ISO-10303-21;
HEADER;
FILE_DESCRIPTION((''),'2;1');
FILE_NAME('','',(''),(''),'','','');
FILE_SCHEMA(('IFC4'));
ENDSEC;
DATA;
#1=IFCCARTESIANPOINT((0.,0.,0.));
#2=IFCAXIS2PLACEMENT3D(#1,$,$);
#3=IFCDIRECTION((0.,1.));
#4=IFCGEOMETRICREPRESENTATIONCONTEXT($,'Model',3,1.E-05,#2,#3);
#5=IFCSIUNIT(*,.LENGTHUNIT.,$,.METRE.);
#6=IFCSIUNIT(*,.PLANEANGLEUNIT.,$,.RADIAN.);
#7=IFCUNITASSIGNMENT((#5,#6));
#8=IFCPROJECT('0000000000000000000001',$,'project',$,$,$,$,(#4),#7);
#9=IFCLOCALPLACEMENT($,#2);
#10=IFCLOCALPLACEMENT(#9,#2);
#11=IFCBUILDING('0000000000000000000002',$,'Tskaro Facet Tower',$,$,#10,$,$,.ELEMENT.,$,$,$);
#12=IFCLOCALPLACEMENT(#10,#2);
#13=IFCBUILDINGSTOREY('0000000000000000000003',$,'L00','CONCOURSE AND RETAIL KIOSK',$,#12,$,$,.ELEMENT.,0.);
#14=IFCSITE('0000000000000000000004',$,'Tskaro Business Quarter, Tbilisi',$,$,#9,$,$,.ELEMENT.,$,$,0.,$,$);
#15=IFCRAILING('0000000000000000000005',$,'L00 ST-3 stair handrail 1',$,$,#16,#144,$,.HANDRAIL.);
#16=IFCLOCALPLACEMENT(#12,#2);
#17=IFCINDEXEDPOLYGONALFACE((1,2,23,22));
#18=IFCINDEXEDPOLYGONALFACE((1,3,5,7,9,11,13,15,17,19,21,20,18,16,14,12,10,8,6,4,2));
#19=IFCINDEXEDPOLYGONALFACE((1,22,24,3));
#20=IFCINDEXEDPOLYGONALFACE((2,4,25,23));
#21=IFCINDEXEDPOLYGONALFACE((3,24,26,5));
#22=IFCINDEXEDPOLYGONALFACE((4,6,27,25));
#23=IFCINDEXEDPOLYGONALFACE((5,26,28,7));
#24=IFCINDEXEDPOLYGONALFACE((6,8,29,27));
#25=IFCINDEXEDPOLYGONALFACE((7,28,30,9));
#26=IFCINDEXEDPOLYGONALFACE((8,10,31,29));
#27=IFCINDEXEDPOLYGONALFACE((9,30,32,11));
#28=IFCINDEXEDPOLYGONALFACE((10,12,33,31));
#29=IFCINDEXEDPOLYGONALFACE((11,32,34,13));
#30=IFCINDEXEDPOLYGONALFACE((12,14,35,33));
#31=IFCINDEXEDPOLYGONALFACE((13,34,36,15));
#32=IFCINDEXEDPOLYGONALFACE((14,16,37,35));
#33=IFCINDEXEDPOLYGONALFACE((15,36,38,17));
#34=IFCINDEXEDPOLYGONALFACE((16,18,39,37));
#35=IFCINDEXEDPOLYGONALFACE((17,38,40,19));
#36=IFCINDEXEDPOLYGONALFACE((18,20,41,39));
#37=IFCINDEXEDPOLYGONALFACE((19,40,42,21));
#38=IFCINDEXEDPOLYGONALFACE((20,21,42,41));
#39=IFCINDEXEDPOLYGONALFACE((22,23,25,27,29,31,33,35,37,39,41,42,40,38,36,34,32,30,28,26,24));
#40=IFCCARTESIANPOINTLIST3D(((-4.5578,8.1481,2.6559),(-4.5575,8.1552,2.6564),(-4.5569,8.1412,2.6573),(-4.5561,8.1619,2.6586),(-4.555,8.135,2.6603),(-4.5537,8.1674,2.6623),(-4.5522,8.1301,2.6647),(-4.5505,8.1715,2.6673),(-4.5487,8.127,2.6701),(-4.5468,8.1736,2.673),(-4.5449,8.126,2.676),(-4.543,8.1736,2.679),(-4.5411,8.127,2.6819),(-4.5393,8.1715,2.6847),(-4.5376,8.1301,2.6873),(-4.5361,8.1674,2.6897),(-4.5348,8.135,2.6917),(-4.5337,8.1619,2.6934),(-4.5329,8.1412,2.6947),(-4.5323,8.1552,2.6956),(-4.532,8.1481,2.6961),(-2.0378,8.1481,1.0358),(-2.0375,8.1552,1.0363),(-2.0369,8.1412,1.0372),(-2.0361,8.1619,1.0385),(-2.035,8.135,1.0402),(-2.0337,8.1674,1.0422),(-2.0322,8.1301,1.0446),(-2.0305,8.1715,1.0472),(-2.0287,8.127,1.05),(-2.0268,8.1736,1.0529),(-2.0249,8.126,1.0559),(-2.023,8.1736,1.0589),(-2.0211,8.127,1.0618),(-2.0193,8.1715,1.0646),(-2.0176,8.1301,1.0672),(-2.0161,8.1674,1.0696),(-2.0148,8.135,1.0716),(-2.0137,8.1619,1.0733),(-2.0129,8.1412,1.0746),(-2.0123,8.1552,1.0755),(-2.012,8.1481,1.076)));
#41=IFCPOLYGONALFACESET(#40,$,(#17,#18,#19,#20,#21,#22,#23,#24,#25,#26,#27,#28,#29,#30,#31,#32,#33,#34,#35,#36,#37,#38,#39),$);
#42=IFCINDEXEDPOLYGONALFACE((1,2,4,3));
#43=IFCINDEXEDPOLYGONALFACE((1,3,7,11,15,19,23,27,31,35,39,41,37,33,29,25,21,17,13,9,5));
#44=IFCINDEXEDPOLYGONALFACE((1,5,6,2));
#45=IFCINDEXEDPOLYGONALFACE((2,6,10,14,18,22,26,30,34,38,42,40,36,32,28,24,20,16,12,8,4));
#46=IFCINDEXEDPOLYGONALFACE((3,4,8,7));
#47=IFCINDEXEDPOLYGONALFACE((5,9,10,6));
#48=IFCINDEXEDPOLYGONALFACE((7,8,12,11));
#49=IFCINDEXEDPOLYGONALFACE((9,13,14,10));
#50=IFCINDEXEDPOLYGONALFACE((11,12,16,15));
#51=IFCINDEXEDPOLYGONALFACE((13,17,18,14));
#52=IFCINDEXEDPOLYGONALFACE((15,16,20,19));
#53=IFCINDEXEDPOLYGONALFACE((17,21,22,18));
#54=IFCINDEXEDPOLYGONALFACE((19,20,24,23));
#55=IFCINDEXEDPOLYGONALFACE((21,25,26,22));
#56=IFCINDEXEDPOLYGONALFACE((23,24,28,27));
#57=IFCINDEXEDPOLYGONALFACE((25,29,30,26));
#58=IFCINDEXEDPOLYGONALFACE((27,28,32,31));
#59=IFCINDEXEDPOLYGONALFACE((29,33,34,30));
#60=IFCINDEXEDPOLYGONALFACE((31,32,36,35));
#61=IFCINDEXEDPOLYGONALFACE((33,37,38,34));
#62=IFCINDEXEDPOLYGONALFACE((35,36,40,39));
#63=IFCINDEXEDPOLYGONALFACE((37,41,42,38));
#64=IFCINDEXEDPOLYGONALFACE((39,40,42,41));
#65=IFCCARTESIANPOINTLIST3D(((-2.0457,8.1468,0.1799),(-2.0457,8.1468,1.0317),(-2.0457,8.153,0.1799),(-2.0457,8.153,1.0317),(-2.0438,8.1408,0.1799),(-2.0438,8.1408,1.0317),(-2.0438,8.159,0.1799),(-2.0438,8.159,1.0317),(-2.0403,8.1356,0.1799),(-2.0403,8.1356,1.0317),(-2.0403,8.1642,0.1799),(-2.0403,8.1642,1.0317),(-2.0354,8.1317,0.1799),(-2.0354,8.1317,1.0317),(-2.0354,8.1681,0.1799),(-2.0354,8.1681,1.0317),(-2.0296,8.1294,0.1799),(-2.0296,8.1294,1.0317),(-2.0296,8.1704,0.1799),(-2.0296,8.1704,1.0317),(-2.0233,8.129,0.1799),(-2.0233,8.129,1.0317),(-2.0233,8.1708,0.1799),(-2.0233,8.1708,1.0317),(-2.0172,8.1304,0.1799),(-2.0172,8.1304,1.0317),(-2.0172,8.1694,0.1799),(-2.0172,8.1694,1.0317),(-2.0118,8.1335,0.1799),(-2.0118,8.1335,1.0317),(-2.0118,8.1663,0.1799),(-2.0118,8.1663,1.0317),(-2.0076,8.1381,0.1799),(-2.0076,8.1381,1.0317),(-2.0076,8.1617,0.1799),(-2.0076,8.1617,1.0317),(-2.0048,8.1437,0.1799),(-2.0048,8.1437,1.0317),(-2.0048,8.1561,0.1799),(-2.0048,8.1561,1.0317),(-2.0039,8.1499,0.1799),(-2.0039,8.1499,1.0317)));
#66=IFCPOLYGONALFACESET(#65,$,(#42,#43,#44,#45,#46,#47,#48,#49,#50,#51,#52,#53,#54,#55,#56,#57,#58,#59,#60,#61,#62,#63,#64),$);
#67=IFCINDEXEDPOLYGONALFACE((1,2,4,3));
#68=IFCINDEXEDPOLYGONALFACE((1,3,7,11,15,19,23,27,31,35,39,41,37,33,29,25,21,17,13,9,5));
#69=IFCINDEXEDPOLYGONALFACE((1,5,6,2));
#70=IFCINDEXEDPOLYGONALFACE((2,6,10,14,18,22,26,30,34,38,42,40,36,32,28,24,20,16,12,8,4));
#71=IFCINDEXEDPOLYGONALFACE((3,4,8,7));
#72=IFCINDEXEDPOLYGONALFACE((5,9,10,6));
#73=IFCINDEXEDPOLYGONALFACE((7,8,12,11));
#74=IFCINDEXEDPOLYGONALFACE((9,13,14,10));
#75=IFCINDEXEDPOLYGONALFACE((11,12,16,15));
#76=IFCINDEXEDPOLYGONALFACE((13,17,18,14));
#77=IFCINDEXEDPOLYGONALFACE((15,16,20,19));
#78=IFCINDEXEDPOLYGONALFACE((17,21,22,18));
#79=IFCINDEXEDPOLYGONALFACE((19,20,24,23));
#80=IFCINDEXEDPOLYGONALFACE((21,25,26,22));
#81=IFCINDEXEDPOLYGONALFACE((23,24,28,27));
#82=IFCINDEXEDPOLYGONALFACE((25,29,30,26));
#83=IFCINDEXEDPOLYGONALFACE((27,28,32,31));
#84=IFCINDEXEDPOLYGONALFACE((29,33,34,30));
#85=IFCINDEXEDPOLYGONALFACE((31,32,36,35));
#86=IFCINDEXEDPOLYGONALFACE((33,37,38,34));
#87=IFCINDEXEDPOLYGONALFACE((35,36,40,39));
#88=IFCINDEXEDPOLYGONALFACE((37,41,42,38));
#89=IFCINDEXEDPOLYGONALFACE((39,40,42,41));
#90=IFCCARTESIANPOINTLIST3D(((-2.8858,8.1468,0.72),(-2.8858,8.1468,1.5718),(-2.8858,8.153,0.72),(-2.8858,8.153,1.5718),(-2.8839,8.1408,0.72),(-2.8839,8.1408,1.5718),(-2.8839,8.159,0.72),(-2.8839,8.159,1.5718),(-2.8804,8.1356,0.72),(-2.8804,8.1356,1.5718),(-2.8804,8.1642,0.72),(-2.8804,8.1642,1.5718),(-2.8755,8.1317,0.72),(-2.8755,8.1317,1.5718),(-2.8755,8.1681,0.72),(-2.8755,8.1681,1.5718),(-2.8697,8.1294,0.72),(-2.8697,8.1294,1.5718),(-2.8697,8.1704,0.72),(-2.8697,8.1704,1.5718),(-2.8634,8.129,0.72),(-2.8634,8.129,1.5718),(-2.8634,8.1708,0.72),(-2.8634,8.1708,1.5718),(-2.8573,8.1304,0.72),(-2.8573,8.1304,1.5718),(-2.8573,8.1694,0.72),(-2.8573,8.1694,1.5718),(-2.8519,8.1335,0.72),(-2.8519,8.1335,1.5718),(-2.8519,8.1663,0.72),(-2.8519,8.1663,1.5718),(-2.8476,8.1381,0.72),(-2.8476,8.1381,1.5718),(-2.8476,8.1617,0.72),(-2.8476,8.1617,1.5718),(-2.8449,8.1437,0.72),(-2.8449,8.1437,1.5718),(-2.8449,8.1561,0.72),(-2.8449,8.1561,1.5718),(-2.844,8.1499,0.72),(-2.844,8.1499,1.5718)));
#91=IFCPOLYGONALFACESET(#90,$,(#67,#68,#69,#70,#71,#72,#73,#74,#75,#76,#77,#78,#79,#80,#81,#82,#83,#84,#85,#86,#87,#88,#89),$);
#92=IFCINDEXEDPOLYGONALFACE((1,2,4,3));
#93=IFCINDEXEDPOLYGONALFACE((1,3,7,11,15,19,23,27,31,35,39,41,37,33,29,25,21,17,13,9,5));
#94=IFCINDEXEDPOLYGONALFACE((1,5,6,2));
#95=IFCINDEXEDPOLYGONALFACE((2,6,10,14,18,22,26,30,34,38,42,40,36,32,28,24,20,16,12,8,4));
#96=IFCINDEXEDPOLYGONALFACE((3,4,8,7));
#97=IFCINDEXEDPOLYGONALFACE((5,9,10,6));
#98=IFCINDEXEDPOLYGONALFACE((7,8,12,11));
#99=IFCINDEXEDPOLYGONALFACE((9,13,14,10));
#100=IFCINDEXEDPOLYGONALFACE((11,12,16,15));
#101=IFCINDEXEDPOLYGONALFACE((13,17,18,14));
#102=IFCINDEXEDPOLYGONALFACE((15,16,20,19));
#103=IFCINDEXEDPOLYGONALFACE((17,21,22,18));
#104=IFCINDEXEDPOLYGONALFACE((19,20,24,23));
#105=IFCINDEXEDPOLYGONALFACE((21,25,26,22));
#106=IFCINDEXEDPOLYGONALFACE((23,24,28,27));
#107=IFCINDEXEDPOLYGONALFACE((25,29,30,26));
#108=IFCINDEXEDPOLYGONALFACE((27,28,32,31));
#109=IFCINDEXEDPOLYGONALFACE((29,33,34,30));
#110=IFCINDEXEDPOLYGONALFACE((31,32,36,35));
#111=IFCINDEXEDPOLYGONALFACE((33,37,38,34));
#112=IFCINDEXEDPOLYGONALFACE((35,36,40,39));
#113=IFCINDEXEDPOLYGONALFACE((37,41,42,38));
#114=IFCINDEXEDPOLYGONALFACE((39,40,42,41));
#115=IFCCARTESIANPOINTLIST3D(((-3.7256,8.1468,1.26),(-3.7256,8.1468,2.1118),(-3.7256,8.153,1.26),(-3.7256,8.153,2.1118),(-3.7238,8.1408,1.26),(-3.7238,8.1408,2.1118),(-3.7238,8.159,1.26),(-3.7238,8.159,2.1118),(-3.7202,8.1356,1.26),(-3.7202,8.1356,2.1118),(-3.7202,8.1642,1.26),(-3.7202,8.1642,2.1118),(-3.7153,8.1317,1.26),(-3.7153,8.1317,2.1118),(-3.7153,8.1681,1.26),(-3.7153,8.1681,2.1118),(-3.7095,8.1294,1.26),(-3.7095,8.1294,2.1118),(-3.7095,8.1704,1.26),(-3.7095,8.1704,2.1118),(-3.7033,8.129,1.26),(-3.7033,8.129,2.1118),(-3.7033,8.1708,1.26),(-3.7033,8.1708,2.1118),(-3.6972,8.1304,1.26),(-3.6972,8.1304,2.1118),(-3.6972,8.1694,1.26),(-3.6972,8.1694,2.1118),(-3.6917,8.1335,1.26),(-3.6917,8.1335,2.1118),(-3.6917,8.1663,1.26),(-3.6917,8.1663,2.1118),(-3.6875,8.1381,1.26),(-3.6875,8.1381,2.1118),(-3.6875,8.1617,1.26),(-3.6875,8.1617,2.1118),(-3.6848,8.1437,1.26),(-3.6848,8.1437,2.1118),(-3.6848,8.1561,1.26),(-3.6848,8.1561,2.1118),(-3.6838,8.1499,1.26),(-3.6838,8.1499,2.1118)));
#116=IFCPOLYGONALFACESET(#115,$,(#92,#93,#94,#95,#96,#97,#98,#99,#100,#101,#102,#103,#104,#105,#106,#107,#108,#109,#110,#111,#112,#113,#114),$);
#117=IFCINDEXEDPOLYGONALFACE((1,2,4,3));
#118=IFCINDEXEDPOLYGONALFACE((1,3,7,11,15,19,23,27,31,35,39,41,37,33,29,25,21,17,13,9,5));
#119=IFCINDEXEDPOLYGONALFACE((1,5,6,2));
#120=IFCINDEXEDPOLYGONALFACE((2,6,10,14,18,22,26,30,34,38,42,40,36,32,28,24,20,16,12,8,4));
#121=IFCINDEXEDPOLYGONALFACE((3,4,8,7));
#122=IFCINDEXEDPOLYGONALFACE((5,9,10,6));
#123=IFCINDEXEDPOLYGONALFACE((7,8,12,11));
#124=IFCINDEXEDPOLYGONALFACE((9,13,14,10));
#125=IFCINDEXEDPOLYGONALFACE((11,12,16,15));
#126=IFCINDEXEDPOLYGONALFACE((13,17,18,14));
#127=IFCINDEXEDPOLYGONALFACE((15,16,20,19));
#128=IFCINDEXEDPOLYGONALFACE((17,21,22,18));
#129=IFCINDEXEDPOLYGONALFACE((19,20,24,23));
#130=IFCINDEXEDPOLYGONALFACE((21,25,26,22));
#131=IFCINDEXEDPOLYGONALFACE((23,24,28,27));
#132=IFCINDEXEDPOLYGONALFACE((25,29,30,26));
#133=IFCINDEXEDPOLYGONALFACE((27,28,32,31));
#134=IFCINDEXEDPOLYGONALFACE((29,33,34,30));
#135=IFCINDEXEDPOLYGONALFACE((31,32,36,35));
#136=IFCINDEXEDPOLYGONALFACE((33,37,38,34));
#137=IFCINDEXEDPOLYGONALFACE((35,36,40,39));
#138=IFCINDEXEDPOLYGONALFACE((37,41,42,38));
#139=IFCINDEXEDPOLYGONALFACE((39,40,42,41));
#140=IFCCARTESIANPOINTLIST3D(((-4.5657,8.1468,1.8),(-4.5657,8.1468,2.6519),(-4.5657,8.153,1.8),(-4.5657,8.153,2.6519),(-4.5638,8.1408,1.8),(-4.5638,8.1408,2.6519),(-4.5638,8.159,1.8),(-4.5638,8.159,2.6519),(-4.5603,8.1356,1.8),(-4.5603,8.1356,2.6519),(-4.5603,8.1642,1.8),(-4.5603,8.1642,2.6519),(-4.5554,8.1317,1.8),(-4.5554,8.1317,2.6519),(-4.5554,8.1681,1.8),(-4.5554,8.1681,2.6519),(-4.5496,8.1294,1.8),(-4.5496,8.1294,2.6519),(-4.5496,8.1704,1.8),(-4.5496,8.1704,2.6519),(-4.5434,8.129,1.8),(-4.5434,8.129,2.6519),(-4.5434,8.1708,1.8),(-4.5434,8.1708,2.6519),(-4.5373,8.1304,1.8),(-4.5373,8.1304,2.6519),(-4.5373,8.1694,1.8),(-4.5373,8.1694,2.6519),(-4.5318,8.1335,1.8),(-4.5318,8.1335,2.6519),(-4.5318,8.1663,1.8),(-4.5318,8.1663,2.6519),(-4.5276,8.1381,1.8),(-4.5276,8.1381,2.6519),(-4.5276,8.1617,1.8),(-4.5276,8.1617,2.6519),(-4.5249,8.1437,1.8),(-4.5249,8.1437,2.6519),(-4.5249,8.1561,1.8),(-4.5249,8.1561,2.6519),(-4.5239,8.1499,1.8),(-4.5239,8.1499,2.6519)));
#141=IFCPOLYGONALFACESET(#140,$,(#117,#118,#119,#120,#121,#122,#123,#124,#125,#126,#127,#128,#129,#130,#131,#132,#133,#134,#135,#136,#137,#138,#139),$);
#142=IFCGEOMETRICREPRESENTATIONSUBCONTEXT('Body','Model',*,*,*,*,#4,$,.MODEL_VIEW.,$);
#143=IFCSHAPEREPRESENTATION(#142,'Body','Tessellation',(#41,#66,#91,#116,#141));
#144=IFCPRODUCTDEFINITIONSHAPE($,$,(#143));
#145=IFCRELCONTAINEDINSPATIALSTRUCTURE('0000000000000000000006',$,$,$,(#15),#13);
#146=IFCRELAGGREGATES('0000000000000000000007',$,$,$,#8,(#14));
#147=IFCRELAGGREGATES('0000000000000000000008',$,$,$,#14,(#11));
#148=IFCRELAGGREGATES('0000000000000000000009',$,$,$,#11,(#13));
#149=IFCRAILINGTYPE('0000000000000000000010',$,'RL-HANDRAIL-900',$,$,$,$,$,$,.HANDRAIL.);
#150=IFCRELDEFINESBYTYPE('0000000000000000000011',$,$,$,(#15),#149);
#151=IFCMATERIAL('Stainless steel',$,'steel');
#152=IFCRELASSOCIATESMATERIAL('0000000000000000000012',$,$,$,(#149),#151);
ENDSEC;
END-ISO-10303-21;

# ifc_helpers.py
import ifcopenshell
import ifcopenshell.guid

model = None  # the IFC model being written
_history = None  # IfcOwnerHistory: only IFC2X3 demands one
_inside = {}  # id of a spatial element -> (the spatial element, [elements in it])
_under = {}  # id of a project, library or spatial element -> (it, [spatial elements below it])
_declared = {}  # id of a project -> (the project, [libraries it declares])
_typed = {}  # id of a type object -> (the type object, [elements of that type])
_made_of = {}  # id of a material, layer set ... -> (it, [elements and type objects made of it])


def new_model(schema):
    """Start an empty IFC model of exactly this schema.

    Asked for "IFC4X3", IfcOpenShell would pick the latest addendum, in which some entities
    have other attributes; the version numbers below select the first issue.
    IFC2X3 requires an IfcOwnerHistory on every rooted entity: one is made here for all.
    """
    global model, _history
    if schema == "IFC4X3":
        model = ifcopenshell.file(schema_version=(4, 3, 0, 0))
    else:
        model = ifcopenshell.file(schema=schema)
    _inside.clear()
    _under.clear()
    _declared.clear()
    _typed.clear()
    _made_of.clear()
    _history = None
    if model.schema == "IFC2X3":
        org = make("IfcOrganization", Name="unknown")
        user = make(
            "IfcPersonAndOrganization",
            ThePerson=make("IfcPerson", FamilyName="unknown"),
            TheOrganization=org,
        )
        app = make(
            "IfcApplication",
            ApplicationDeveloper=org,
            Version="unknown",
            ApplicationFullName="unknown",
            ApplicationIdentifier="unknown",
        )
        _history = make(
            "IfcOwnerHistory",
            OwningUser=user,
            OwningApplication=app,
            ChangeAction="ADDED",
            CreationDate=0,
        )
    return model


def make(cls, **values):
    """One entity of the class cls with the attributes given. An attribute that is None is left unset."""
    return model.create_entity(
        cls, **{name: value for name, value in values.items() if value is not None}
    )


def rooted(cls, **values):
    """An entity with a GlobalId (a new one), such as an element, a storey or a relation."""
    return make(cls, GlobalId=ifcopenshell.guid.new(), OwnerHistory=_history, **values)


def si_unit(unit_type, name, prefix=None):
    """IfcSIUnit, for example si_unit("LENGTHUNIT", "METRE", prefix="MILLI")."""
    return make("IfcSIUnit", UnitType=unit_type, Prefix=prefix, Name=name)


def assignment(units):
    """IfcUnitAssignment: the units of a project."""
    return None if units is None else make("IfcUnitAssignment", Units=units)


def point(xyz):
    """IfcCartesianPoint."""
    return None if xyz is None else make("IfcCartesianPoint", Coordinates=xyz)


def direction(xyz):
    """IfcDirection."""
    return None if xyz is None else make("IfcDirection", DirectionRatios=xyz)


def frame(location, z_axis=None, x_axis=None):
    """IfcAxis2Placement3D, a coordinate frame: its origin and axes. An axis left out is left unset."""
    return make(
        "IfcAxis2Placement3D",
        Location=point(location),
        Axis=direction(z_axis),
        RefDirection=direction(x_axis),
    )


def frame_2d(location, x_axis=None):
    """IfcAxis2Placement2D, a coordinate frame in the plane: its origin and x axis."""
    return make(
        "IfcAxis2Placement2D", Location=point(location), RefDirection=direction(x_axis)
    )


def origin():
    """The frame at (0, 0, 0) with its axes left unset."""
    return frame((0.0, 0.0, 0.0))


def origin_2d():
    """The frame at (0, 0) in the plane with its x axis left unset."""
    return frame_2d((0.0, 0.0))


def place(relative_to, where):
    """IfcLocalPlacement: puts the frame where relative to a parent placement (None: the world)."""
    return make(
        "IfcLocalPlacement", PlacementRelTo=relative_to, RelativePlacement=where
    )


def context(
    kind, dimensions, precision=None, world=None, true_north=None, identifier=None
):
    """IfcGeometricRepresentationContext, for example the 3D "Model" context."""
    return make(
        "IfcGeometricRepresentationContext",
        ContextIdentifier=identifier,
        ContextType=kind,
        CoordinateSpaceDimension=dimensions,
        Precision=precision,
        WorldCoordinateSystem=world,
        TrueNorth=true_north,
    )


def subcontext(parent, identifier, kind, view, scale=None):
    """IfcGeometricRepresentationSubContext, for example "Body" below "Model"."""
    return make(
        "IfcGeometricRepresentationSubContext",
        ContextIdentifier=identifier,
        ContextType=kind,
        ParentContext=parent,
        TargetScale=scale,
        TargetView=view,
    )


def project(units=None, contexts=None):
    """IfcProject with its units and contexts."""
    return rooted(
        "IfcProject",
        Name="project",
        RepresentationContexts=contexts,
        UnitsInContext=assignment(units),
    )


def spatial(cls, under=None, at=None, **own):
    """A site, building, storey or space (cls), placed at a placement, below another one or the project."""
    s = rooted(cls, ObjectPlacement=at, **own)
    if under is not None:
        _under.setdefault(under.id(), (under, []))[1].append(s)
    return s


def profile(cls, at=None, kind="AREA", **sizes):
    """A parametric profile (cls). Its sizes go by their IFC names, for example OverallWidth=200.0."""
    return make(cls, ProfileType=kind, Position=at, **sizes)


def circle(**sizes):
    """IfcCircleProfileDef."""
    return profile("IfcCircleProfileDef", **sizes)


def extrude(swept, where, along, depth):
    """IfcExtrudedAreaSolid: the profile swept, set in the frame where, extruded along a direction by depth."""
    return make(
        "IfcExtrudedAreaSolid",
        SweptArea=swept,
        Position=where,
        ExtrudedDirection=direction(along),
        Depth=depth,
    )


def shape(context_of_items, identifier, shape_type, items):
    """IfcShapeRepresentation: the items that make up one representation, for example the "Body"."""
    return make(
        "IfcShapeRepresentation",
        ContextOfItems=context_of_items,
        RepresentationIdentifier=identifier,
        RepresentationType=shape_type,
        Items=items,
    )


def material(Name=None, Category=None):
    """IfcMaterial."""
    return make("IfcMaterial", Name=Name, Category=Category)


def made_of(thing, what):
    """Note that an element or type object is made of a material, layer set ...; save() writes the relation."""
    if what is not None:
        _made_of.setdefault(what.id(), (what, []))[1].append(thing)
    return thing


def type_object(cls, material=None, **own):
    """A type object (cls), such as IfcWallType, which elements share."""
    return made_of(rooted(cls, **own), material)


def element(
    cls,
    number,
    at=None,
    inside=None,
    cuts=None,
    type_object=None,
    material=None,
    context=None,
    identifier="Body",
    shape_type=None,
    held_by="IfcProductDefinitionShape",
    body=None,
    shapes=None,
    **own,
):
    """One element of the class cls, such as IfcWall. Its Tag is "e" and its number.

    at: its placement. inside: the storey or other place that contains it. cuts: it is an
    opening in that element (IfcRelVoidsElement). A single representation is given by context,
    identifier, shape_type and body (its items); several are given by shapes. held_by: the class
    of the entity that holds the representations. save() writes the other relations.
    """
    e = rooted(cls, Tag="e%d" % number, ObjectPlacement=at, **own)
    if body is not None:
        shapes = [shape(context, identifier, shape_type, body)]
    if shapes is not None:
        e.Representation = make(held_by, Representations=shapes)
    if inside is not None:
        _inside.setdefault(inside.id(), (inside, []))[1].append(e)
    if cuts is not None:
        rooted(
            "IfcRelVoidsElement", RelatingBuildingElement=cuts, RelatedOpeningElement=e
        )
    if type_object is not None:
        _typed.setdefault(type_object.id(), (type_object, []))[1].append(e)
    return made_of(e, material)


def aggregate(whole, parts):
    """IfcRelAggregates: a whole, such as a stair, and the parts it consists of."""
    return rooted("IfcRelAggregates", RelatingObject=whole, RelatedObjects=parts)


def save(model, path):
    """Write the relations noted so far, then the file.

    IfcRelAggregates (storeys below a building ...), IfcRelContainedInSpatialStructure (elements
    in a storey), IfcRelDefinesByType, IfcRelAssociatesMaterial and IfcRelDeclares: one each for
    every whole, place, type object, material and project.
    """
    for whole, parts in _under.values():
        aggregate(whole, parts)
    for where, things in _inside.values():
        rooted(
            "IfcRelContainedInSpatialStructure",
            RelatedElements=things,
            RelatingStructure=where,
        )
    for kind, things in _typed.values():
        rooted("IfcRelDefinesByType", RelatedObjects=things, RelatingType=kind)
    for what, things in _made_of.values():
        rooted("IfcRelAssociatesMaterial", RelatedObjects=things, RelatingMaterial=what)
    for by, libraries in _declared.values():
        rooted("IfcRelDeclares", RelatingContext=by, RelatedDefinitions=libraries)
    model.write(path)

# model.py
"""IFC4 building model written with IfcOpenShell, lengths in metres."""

from ifc_helpers import new_model, si_unit, direction, frame, origin, origin_2d, place, context, subcontext, project, spatial, circle, extrude, material, type_object, element, save


model = new_model("IFC4")

# Units and contexts
model_context = context("Model", 3, precision=1e-05, world=origin(), true_north=direction((0.0, 1.0)))
body_context = subcontext(model_context, "Body", "Model", "MODEL_VIEW")
ifc_project = project(units=[si_unit("LENGTHUNIT", "METRE"), si_unit("PLANEANGLEUNIT", "RADIAN")], contexts=[model_context])

# Site, building, storey
site_placement = place(None, origin())
site = spatial("IfcSite", under=ifc_project, at=site_placement, Name="Tskaro Business Quarter, Tbilisi", CompositionType="ELEMENT", RefElevation=0.0)
building_placement = place(site_placement, origin())
building = spatial("IfcBuilding", under=site, at=building_placement, Name="Tskaro Facet Tower", CompositionType="ELEMENT")
storey_placement = place(building_placement, origin())
storey = spatial("IfcBuildingStorey", under=building, at=storey_placement, Name="L00", Description="CONCOURSE AND RETAIL KIOSK", CompositionType="ELEMENT", Elevation=0.0)

# Railing
ifc_material_1 = material(Name="Stainless steel", Category="steel")
railing_type_1 = type_object("IfcRailingType", Name="RL-HANDRAIL-900", PredefinedType="HANDRAIL", material=ifc_material_1)
railing_1_placement = place(storey_placement, frame((-2.0249, 8.1499, 0.1799)))
element("IfcRailing", 1, at=railing_1_placement, inside=storey, type_object=railing_type_1, Name="L00 ST-3 stair handrail 1", PredefinedType="HANDRAIL", context=body_context, shape_type="SweptSolid", body=[
    extrude(circle(Radius=0.0239, at=origin_2d()), frame((0.0, 0.0, 0.876), z_axis=(-0.841163, 0.0, 0.540782), x_axis=(0.0, -1.0, 0.0)), (0.0, 0.0, 1.0), 2.9958),
    extrude(circle(Radius=0.021, at=origin_2d()), origin(), (0.0, 0.0, 1.0), 0.8518),
    extrude(circle(Radius=0.021, at=origin_2d()), frame((-0.8401, 0.0, 0.54)), (0.0, 0.0, 1.0), 0.8518),
    extrude(circle(Radius=0.021, at=origin_2d()), frame((-1.6799, 0.0, 1.0801)), (0.0, 0.0, 1.0), 0.8518),
    extrude(circle(Radius=0.021, at=origin_2d()), frame((-2.52, 0.0, 1.6201)), (0.0, 0.0, 1.0), 0.8518),
])

save(model, "model.ifc")
